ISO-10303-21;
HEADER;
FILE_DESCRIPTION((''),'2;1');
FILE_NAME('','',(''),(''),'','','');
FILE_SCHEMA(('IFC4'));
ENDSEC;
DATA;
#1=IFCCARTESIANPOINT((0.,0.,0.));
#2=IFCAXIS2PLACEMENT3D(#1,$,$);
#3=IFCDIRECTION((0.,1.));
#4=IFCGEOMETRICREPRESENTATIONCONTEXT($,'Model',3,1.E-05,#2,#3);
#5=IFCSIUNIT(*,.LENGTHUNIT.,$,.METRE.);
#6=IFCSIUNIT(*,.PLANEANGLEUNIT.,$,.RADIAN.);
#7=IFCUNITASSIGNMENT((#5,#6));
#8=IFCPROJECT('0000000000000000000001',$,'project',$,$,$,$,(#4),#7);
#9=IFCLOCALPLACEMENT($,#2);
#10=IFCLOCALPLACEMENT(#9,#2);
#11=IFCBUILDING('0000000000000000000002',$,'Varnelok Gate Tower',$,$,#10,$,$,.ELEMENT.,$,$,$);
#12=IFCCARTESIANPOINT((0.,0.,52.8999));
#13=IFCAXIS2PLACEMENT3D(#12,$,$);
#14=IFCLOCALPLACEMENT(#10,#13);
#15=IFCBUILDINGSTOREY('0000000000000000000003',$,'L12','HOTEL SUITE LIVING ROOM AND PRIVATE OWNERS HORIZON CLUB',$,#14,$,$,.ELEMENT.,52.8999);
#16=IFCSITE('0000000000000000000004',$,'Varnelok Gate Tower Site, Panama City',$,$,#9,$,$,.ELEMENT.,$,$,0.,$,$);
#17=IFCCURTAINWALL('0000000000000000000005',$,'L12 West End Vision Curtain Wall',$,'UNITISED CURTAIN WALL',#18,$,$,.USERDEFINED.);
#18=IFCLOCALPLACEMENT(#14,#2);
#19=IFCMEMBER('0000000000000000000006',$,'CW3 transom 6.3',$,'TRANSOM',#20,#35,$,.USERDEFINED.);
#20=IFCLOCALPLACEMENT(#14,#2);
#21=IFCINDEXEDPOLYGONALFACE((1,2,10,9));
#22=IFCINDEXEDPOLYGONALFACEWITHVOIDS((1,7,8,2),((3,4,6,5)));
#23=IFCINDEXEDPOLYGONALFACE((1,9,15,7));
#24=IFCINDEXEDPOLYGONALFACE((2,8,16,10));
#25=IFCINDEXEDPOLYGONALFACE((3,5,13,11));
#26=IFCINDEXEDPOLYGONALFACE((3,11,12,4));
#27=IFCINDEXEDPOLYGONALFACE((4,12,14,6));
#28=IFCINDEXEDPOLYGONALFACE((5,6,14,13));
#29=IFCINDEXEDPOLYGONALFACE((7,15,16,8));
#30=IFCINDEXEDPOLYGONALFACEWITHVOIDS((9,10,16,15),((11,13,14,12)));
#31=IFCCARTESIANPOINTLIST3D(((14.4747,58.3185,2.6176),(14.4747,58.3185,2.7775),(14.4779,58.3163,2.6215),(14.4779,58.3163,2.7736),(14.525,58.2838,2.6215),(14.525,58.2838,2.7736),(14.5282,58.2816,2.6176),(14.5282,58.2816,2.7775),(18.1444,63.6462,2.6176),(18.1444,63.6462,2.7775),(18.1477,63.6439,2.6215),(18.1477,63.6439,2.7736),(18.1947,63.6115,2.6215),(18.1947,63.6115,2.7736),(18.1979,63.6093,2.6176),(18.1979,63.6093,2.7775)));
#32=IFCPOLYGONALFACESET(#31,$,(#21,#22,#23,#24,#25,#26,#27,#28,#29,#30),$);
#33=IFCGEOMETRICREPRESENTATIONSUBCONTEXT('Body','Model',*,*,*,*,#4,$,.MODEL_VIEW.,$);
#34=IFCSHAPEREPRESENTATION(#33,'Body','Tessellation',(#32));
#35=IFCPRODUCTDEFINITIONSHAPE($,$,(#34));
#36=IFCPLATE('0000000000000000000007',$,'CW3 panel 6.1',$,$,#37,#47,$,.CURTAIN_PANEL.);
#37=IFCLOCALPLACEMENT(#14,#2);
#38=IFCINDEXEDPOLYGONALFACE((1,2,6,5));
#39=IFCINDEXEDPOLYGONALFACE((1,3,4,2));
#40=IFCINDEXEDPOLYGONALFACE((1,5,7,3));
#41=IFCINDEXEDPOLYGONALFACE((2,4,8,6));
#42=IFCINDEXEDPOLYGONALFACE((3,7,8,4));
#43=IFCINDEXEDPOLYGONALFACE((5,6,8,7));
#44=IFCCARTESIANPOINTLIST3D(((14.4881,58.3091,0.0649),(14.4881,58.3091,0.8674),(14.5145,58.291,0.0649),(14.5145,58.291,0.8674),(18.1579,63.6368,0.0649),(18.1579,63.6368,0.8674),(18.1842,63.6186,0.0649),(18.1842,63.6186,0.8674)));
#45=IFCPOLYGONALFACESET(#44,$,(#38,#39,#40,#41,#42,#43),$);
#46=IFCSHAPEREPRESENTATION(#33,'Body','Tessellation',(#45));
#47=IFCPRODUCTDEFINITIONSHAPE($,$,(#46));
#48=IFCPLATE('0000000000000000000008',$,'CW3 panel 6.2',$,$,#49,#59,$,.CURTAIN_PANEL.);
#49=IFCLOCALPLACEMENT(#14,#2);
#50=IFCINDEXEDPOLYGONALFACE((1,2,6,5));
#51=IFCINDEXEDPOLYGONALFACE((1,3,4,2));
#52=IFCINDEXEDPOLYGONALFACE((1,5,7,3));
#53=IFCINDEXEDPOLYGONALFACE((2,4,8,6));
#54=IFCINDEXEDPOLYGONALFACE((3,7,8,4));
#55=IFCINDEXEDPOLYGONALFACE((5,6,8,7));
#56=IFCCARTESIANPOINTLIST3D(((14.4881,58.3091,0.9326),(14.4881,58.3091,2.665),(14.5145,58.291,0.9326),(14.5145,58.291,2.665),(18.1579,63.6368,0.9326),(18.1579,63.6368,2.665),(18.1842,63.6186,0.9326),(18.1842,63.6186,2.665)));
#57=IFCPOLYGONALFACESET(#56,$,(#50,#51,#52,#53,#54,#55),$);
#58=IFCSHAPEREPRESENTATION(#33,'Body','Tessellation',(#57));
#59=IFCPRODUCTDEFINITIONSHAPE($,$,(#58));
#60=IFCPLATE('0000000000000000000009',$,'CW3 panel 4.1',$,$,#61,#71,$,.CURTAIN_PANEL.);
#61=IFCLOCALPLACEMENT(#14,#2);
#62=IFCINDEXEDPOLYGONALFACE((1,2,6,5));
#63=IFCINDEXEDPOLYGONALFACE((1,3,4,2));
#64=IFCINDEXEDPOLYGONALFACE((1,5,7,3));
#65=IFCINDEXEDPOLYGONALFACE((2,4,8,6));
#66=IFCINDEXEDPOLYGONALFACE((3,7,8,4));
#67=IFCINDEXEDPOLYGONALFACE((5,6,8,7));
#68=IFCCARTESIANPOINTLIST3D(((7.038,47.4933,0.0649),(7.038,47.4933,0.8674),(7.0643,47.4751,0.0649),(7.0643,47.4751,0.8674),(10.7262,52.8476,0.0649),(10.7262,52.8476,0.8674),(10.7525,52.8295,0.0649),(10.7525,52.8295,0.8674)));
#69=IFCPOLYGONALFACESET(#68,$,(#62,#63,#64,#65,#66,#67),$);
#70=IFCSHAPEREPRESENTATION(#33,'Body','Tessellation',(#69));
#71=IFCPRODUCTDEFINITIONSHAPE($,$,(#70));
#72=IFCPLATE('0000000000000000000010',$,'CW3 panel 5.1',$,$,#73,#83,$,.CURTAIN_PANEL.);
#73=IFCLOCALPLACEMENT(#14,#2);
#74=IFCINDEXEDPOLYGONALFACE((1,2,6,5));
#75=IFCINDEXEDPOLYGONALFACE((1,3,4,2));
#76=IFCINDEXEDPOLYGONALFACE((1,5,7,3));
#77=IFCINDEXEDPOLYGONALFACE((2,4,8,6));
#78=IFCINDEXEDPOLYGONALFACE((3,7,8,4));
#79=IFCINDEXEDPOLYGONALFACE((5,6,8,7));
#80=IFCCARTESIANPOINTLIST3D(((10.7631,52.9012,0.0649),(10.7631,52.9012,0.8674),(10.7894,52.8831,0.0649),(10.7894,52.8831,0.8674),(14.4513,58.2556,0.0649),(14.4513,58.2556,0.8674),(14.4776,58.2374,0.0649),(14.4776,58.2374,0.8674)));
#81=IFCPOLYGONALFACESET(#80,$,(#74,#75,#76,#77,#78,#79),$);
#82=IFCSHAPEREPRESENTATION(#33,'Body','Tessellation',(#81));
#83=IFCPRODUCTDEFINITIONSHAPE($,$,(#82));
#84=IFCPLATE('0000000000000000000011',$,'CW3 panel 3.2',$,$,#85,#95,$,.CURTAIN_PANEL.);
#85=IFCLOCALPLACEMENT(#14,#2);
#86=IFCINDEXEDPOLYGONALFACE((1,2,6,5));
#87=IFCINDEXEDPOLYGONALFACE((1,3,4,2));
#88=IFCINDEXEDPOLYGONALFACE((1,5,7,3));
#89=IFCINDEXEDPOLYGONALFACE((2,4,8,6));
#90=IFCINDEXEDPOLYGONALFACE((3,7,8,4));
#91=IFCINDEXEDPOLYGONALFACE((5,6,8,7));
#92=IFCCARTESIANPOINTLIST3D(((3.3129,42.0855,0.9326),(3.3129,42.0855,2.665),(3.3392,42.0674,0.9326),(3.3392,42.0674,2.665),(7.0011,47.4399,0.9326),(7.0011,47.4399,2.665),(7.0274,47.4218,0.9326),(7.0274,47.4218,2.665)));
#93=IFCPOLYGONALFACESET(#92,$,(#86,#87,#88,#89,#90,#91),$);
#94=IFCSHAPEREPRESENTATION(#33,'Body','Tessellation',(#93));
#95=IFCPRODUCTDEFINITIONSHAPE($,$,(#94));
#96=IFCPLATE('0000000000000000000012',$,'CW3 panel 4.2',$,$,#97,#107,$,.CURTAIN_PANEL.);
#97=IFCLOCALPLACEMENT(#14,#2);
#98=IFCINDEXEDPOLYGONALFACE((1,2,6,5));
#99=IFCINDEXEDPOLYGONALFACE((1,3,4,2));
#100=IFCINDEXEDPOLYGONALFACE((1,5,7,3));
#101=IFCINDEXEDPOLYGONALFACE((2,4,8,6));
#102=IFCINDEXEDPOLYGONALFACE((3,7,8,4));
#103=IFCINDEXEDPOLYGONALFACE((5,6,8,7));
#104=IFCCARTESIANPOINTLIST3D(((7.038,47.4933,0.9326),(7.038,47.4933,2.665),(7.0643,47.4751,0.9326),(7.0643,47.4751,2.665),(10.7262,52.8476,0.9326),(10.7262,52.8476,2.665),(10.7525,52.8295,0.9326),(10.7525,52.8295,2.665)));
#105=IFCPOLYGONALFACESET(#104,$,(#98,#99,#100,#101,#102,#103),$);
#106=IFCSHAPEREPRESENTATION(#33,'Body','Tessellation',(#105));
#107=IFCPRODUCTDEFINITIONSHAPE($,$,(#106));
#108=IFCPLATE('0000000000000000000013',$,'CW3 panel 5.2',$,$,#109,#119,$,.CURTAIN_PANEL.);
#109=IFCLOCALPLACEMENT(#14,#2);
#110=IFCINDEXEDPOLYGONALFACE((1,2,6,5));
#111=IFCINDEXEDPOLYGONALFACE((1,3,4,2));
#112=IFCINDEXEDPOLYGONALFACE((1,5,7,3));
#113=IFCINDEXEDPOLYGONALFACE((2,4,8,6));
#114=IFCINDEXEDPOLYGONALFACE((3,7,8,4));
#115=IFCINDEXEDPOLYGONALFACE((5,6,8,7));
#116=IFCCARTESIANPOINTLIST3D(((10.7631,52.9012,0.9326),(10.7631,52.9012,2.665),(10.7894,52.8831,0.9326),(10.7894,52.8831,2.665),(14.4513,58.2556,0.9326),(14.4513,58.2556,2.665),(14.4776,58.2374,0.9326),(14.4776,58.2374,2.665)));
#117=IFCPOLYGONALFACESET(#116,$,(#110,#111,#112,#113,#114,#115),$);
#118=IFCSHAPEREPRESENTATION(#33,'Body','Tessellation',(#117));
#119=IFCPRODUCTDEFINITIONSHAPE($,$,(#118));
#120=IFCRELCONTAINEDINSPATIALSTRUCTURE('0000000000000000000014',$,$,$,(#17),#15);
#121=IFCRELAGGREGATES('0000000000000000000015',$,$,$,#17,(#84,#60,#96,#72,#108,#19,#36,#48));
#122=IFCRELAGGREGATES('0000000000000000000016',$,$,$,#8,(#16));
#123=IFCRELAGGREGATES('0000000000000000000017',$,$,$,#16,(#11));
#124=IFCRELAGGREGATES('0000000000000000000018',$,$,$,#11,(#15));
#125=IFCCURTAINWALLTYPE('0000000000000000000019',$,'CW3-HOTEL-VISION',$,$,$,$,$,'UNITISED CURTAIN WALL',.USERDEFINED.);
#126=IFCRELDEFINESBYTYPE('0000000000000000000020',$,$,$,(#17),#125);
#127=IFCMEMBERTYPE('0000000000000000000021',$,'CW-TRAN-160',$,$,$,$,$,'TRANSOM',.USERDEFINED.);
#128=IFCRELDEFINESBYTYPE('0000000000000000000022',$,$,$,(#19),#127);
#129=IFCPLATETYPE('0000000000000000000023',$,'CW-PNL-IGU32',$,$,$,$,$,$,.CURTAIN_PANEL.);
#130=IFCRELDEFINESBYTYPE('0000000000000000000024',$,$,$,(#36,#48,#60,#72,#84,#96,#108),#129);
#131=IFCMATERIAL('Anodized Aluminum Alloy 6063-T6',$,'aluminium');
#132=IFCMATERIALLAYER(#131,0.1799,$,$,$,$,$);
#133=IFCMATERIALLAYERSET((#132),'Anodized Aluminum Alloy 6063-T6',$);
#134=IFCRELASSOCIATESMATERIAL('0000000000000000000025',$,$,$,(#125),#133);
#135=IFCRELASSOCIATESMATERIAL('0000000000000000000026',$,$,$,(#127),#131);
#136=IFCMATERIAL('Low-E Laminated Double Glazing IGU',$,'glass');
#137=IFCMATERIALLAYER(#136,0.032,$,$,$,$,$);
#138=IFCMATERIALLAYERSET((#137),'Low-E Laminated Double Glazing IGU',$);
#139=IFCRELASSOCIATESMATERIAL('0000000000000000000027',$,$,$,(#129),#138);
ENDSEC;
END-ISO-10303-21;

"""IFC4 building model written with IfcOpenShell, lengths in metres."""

from ifc_helpers import new_model, si_unit, direction, frame, origin, origin_2d, place, context, subcontext, project, spatial, rectangle, hollow_rectangle, extrude, source, transform, mapped, material, layer, layer_set, material_profile, profile_set, type_object, element, aggregate, save


model = new_model("IFC4")

# Units and contexts
model_context = context("Model", 3, precision=1e-05, world=origin(), true_north=direction((0.0, 1.0)))
body_context = subcontext(model_context, "Body", "Model", "MODEL_VIEW")
ifc_project = project(units=[si_unit("LENGTHUNIT", "METRE"), si_unit("PLANEANGLEUNIT", "RADIAN")], contexts=[model_context])

# Site, building, storey
site_placement = place(None, origin())
site = spatial("IfcSite", under=ifc_project, at=site_placement, Name="Varnelok Gate Tower Site, Panama City", CompositionType="ELEMENT", RefElevation=0.0)
building_placement = place(site_placement, origin())
building = spatial("IfcBuilding", under=site, at=building_placement, Name="Varnelok Gate Tower", CompositionType="ELEMENT")
storey_placement = place(building_placement, frame((0.0, 0.0, 52.8999)))
storey = spatial("IfcBuildingStorey", under=building, at=storey_placement, Name="L12", Description="HOTEL SUITE LIVING ROOM AND PRIVATE OWNERS HORIZON CLUB", CompositionType="ELEMENT", Elevation=52.8999)

# Curtain wall, member, plates
ifc_material_1 = material(Name="Anodized Aluminum Alloy 6063-T6", Category="aluminium")
ifc_layer_1 = layer(ifc_material_1, 0.1799)
ifc_layer_set_1 = layer_set([ifc_layer_1], Name="Anodized Aluminum Alloy 6063-T6")
curtain_wall_type = type_object("IfcCurtainWallType", Name="CW3-HOTEL-VISION", ElementType="UNITISED CURTAIN WALL", PredefinedType="USERDEFINED", material=ifc_layer_set_1)
curtain_wall_placement = place(storey_placement, origin())
curtain_wall = element("IfcCurtainWall", 1, at=curtain_wall_placement, inside=storey, type_object=curtain_wall_type, Name="L12 West End Vision Curtain Wall", ObjectType="UNITISED CURTAIN WALL", PredefinedType="USERDEFINED")
ifc_material_profile_1 = material_profile(ifc_material_1, hollow_rectangle(XDim=0.0649, YDim=0.1599, WallThickness=0.0039, at=origin_2d()), Name="ALU160X65X4")
ifc_profile_set_1 = profile_set([ifc_material_profile_1], Name="Anodized Aluminum Alloy 6063-T6")
member_type_1 = type_object("IfcMemberType", Name="CW-TRAN-160", ElementType="TRANSOM", PredefinedType="USERDEFINED", material=ifc_profile_set_1)
member_1_placement = place(storey_placement, frame((14.5015, 58.3, 2.6975), z_axis=(0.567256, 0.823542, 0.0), x_axis=(-0.823542, 0.567256, 0.0)))
member_1 = element("IfcMember", 2, at=member_1_placement, type_object=member_type_1, Name="CW3 transom 6.3", ObjectType="TRANSOM", PredefinedType="USERDEFINED", context=body_context, shape_type="SweptSolid", body=[
    extrude(hollow_rectangle(XDim=0.0649, YDim=0.1599, WallThickness=0.0039, at=origin_2d()), origin(), (0.0, 0.0, 1.0), 6.4692),
])
ifc_material_2 = material(Name="Low-E Laminated Double Glazing IGU", Category="glass")
ifc_layer_2 = layer(ifc_material_2, 0.032)
ifc_layer_set_2 = layer_set([ifc_layer_2], Name="Low-E Laminated Double Glazing IGU")
plate_type = type_object("IfcPlateType", Name="CW-PNL-IGU32", PredefinedType="CURTAIN_PANEL", material=ifc_layer_set_2)
shared_shape_1 = source(origin(), body_context, "Body", "SweptSolid", [
    extrude(rectangle(XDim=6.4692, YDim=0.032, at=origin_2d()), origin(), (0.0, 0.0, 1.0), 0.8025),
])
plate_1_placement = place(storey_placement, frame((16.3362, 60.9639, 0.0649), z_axis=(0.0, 0.0, 1.0), x_axis=(0.567269, 0.823533, 0.0)))
plate_1 = element("IfcPlate", 3, at=plate_1_placement, type_object=plate_type, Name="CW3 panel 6.1", PredefinedType="CURTAIN_PANEL", context=body_context, shape_type="MappedRepresentation", body=[
    mapped(shared_shape_1, transform((0.0, 0.0, 0.0), scale=1.0)),
])
shared_shape_2 = source(origin(), body_context, "Body", "SweptSolid", [
    extrude(rectangle(XDim=6.4692, YDim=0.032, at=origin_2d()), origin(), (0.0, 0.0, 1.0), 1.7324),
])
plate_2_placement = place(storey_placement, frame((16.3362, 60.9639, 0.9326), z_axis=(0.0, 0.0, 1.0), x_axis=(0.567269, 0.823533, 0.0)))
plate_2 = element("IfcPlate", 4, at=plate_2_placement, type_object=plate_type, Name="CW3 panel 6.2", PredefinedType="CURTAIN_PANEL", context=body_context, shape_type="MappedRepresentation", body=[
    mapped(shared_shape_2, transform((0.0, 0.0, 0.0), scale=1.0)),
])
shared_shape_3 = source(origin(), body_context, "Body", "SweptSolid", [
    extrude(rectangle(XDim=6.5017, YDim=0.032, at=origin_2d()), origin(), (0.0, 0.0, 1.0), 0.8025),
])
plate_3_placement = place(storey_placement, frame((8.8953, 50.1614, 0.0649), z_axis=(0.0, 0.0, 1.0), x_axis=(0.567269, 0.823533, 0.0)))
plate_3 = element("IfcPlate", 5, at=plate_3_placement, type_object=plate_type, Name="CW3 panel 4.1", PredefinedType="CURTAIN_PANEL", context=body_context, shape_type="MappedRepresentation", body=[
    mapped(shared_shape_3, transform((0.0, 0.0, 0.0), scale=1.0)),
])
plate_4_placement = place(storey_placement, frame((12.6204, 55.5693, 0.0649), z_axis=(0.0, 0.0, 1.0), x_axis=(0.567269, 0.823533, 0.0)))
plate_4 = element("IfcPlate", 6, at=plate_4_placement, type_object=plate_type, Name="CW3 panel 5.1", PredefinedType="CURTAIN_PANEL", context=body_context, shape_type="MappedRepresentation", body=[
    mapped(shared_shape_3, transform((0.0, 0.0, 0.0), scale=1.0)),
])
shared_shape_4 = source(origin(), body_context, "Body", "SweptSolid", [
    extrude(rectangle(XDim=6.5017, YDim=0.032, at=origin_2d()), origin(), (0.0, 0.0, 1.0), 1.7324),
])
plate_5_placement = place(storey_placement, frame((5.1702, 44.7537, 0.9326), z_axis=(0.0, 0.0, 1.0), x_axis=(0.567269, 0.823533, 0.0)))
plate_5 = element("IfcPlate", 7, at=plate_5_placement, type_object=plate_type, Name="CW3 panel 3.2", PredefinedType="CURTAIN_PANEL", context=body_context, shape_type="MappedRepresentation", body=[
    mapped(shared_shape_4, transform((0.0, 0.0, 0.0), scale=1.0)),
])
plate_6_placement = place(storey_placement, frame((8.8953, 50.1614, 0.9326), z_axis=(0.0, 0.0, 1.0), x_axis=(0.567269, 0.823533, 0.0)))
plate_6 = element("IfcPlate", 8, at=plate_6_placement, type_object=plate_type, Name="CW3 panel 4.2", PredefinedType="CURTAIN_PANEL", context=body_context, shape_type="MappedRepresentation", body=[
    mapped(shared_shape_4, transform((0.0, 0.0, 0.0), scale=1.0)),
])
plate_7_placement = place(storey_placement, frame((12.6204, 55.5693, 0.9326), z_axis=(0.0, 0.0, 1.0), x_axis=(0.567269, 0.823533, 0.0)))
plate_7 = element("IfcPlate", 9, at=plate_7_placement, type_object=plate_type, Name="CW3 panel 5.2", PredefinedType="CURTAIN_PANEL", context=body_context, shape_type="MappedRepresentation", body=[
    mapped(shared_shape_4, transform((0.0, 0.0, 0.0), scale=1.0)),
])
aggregate(curtain_wall, [plate_5, plate_3, plate_6, plate_4, plate_7, member_1, plate_1, plate_2])

save(model, "model.ifc")
